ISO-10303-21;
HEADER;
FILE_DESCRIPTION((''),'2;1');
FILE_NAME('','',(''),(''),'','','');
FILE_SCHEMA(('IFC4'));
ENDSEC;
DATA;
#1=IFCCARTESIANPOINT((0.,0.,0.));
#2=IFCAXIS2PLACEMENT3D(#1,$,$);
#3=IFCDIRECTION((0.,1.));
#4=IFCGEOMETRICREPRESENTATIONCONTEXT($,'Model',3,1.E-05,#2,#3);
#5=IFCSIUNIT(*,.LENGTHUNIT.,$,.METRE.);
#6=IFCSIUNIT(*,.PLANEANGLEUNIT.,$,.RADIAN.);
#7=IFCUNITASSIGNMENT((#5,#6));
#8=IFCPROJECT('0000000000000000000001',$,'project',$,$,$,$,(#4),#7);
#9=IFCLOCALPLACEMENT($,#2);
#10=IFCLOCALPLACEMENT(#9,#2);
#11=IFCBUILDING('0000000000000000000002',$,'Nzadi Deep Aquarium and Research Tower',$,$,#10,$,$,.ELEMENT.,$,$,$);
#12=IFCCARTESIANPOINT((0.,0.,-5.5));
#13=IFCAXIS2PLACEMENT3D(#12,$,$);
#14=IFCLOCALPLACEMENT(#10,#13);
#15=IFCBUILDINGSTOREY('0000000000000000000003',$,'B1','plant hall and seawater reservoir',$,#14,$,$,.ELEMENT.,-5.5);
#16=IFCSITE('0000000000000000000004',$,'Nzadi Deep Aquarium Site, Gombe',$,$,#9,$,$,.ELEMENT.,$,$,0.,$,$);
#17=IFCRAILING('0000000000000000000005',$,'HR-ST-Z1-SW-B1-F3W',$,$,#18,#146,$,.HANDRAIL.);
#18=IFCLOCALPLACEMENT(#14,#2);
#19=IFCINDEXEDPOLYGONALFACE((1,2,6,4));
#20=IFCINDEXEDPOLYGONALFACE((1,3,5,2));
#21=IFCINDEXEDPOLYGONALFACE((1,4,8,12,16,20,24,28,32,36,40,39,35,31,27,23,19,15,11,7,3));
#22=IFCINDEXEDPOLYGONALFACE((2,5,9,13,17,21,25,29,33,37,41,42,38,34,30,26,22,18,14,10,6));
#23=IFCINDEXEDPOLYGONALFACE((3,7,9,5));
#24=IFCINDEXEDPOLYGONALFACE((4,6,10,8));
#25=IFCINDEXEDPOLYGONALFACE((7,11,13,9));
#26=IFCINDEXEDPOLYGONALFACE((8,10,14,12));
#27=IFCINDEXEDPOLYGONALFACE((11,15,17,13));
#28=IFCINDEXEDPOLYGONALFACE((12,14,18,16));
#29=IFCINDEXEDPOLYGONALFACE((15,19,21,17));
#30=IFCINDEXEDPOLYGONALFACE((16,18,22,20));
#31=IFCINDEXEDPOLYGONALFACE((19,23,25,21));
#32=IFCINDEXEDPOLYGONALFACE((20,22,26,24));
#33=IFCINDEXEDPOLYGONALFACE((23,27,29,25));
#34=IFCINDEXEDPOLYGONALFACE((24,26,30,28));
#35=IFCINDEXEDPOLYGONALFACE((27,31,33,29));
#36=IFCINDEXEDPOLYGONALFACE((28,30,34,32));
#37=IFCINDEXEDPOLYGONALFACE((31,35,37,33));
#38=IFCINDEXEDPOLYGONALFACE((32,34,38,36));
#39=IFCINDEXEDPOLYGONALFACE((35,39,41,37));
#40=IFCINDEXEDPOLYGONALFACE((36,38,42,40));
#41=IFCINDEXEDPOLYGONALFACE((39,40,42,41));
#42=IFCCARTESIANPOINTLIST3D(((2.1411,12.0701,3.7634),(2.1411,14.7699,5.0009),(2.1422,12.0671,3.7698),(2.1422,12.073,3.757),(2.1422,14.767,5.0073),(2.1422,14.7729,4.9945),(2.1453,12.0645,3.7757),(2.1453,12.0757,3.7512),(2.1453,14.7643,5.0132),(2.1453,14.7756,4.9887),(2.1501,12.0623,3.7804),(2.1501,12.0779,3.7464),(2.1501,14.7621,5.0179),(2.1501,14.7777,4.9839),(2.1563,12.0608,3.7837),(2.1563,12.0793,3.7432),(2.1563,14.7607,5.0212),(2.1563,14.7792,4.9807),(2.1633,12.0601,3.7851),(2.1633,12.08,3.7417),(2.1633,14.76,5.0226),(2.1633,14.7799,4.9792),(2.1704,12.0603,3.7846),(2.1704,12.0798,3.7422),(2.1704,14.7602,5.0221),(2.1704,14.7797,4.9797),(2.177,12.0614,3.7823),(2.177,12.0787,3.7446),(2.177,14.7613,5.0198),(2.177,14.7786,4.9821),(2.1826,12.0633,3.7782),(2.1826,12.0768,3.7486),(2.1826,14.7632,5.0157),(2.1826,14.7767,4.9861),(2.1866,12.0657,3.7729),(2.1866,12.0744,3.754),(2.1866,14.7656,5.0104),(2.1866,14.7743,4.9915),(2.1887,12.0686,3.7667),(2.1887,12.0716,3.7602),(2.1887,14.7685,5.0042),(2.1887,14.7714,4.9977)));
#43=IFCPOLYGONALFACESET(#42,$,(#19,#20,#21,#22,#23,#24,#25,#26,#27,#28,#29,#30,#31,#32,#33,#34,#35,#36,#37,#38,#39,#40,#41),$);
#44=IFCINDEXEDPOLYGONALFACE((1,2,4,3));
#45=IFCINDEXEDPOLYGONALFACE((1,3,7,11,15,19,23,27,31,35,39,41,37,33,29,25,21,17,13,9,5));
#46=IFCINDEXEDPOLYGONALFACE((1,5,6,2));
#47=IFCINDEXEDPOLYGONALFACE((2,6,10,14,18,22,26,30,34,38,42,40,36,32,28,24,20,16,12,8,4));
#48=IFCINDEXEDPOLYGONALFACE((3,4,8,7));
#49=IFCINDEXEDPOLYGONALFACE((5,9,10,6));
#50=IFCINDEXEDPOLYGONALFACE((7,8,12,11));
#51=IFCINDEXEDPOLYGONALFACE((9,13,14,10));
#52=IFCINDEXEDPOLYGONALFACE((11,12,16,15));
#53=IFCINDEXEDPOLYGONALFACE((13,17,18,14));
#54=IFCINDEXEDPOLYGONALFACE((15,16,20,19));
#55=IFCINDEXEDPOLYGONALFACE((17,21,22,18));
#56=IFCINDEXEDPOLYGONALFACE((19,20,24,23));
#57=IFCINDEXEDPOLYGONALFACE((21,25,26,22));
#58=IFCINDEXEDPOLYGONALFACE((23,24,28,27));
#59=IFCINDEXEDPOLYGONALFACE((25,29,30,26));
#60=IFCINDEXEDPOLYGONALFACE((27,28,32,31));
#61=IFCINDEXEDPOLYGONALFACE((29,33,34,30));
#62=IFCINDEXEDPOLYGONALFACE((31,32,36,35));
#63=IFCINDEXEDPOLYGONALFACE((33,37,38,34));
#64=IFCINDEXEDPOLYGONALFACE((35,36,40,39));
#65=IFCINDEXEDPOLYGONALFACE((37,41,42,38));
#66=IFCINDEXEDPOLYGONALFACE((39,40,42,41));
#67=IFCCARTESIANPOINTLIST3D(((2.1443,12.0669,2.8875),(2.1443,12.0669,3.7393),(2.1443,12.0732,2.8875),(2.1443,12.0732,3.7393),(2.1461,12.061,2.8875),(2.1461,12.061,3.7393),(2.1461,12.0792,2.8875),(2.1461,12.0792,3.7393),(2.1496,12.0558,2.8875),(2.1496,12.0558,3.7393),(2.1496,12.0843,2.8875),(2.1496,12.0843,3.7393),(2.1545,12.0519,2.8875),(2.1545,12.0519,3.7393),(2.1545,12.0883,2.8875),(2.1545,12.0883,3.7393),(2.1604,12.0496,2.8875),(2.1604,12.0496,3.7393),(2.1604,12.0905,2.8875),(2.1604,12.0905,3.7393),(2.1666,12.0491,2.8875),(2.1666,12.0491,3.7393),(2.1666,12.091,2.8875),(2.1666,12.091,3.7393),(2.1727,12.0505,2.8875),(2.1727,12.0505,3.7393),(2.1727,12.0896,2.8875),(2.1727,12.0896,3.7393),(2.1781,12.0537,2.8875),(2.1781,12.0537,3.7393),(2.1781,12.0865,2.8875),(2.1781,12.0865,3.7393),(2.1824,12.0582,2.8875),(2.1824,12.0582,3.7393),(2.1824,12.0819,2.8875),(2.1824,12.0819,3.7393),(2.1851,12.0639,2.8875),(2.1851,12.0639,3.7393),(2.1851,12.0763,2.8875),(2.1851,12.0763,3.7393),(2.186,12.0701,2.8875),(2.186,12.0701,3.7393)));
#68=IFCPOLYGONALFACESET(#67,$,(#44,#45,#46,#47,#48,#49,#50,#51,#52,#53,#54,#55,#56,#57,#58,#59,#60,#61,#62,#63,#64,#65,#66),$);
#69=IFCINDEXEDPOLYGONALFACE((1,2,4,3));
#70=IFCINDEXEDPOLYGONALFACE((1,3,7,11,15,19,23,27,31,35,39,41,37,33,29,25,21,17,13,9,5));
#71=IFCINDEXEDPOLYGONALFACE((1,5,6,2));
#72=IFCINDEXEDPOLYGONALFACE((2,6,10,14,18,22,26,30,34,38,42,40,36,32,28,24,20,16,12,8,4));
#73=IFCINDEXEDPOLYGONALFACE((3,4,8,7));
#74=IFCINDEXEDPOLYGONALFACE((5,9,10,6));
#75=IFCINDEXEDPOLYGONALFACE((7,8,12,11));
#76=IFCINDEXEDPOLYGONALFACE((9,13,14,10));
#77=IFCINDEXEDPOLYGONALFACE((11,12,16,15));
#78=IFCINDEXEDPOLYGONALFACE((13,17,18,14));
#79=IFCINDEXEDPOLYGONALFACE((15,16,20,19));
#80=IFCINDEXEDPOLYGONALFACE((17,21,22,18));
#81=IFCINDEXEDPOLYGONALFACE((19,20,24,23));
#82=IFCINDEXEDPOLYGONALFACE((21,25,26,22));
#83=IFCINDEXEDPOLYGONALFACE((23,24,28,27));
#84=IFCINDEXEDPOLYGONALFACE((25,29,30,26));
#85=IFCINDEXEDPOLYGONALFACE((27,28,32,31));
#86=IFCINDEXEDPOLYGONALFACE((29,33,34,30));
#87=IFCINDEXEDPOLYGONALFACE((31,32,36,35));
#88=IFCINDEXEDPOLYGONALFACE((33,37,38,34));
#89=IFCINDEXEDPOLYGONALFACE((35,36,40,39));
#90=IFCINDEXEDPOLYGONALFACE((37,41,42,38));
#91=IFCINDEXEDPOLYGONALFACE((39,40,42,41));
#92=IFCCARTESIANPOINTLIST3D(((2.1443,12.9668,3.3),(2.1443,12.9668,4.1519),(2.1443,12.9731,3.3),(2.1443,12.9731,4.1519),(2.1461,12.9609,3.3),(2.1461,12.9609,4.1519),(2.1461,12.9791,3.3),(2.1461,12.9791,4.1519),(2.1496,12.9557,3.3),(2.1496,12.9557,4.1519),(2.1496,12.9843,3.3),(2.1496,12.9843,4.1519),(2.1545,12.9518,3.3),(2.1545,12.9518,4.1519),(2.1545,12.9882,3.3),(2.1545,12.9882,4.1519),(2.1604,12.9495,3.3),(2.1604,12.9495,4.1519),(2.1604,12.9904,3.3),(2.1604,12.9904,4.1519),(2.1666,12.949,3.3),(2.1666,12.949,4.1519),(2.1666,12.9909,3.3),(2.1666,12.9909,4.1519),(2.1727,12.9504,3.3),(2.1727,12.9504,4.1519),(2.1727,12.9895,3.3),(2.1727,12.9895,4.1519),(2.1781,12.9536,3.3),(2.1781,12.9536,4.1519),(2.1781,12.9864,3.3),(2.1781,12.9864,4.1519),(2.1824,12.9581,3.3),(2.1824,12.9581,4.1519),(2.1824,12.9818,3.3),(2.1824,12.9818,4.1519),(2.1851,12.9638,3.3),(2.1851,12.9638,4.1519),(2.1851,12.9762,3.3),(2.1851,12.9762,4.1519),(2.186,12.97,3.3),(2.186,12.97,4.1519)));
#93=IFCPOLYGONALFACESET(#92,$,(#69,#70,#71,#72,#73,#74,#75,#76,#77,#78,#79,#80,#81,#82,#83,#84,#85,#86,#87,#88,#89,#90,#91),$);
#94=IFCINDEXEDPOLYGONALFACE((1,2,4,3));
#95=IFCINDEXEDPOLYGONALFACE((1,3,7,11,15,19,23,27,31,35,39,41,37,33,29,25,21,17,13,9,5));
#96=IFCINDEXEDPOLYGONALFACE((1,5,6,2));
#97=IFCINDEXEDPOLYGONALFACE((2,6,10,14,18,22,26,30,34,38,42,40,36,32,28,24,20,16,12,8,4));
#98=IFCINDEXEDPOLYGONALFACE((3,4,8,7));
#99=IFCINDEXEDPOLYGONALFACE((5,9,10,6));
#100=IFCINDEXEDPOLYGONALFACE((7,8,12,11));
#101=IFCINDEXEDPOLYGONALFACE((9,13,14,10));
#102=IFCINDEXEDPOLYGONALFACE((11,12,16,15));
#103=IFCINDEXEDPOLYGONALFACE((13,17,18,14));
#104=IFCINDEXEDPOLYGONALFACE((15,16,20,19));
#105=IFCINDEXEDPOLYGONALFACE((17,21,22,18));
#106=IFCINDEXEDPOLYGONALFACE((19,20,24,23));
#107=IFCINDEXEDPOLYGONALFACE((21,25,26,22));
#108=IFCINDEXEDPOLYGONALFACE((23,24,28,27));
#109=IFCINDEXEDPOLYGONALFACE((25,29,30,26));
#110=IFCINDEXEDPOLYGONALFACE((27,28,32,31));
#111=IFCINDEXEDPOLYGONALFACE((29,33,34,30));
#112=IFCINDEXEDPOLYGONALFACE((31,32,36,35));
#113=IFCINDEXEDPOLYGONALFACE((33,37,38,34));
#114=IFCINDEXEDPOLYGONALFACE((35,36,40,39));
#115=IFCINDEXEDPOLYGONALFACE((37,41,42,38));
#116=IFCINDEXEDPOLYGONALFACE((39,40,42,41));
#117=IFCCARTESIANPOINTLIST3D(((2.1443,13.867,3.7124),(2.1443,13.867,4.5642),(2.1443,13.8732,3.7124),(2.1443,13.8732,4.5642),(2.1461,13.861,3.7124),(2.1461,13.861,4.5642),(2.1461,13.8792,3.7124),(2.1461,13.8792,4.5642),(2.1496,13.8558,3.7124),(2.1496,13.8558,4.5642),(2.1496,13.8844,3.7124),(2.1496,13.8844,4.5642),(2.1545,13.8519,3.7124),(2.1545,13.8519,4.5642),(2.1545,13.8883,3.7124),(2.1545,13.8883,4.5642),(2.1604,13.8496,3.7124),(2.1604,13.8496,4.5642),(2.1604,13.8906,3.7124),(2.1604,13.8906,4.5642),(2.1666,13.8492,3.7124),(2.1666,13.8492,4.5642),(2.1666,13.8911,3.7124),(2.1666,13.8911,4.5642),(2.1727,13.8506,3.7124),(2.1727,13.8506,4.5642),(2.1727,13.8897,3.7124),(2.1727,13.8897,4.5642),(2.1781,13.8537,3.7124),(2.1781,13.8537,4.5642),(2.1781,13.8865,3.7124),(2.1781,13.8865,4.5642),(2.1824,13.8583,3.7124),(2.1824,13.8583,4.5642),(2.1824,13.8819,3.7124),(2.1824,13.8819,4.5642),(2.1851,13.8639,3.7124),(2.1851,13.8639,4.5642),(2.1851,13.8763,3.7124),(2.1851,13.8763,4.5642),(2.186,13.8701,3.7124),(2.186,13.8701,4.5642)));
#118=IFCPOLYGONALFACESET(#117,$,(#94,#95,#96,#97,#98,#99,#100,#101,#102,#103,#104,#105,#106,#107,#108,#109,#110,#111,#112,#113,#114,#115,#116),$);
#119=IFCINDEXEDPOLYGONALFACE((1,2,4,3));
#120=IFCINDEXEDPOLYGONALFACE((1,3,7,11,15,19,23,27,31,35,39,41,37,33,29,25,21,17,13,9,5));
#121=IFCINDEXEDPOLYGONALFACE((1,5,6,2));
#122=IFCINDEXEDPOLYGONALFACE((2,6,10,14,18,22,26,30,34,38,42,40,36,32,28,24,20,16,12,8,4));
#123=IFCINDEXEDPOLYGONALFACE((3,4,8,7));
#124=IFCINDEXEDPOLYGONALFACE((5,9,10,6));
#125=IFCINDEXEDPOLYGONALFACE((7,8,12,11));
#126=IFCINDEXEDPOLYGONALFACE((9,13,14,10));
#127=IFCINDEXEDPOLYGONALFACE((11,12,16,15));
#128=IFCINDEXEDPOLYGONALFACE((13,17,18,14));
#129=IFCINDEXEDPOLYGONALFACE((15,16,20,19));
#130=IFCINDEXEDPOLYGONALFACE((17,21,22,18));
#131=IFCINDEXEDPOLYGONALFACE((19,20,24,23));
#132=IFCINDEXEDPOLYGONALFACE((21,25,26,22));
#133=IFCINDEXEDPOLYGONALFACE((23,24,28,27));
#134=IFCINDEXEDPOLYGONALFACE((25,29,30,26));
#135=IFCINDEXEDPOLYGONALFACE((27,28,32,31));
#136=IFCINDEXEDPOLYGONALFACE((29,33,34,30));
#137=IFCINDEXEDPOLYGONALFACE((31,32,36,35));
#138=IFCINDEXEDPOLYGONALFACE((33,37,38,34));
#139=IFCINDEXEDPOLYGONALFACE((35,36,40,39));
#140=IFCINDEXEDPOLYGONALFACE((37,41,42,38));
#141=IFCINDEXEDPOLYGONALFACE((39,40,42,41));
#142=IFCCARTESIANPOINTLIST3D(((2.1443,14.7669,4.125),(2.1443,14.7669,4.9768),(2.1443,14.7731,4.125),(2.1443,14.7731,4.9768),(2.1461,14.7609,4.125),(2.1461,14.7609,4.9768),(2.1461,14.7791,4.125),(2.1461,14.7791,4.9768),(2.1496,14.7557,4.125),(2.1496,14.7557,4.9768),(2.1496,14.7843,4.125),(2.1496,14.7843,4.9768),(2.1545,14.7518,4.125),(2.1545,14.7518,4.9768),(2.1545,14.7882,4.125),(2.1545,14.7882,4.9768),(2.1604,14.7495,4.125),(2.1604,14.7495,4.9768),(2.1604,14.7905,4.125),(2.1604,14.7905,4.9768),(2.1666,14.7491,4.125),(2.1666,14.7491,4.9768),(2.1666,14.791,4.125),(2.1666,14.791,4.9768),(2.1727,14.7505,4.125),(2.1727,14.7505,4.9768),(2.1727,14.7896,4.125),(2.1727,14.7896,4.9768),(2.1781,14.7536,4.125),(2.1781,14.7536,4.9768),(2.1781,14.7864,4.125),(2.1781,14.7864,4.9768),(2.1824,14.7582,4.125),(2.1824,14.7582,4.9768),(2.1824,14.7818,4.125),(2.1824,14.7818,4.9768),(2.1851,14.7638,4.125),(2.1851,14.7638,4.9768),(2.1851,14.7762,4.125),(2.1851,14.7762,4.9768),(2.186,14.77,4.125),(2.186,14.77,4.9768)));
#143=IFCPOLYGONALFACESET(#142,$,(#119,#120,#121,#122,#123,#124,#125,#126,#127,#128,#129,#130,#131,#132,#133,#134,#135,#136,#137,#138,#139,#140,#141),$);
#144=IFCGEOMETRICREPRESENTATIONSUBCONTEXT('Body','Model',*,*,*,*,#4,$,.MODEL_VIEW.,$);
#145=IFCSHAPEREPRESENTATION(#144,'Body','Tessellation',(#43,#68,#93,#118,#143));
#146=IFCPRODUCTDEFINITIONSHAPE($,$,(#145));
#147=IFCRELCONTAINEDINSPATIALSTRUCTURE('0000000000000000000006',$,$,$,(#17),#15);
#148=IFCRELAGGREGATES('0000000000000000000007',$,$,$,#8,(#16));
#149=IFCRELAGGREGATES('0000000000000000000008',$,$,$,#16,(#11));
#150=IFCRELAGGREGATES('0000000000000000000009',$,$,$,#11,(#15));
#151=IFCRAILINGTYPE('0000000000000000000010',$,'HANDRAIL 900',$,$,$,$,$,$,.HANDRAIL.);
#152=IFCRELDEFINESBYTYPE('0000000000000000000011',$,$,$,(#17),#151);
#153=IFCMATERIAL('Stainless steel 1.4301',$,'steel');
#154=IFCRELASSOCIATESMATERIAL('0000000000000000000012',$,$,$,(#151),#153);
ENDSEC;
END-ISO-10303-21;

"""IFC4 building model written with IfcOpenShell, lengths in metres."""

from ifc_helpers import new_model, si_unit, direction, frame, origin, origin_2d, place, context, subcontext, project, spatial, circle, extrude, material, type_object, element, save


model = new_model("IFC4")

# Units and contexts
model_context = context("Model", 3, precision=1e-05, world=origin(), true_north=direction((0.0, 1.0)))
body_context = subcontext(model_context, "Body", "Model", "MODEL_VIEW")
ifc_project = project(units=[si_unit("LENGTHUNIT", "METRE"), si_unit("PLANEANGLEUNIT", "RADIAN")], contexts=[model_context])

# Site, building, storey
site_placement = place(None, origin())
site = spatial("IfcSite", under=ifc_project, at=site_placement, Name="Nzadi Deep Aquarium Site, Gombe", CompositionType="ELEMENT", RefElevation=0.0)
building_placement = place(site_placement, origin())
building = spatial("IfcBuilding", under=site, at=building_placement, Name="Nzadi Deep Aquarium and Research Tower", CompositionType="ELEMENT")
storey_placement = place(building_placement, frame((0.0, 0.0, -5.5)))
storey = spatial("IfcBuildingStorey", under=building, at=storey_placement, Name="B1", Description="plant hall and seawater reservoir", CompositionType="ELEMENT", Elevation=-5.5)

# Railing
ifc_material_1 = material(Name="Stainless steel 1.4301", Category="steel")
railing_type = type_object("IfcRailingType", Name="HANDRAIL 900", PredefinedType="HANDRAIL", material=ifc_material_1)
for number, where, name in (
    (1, (2.165, 12.0701, 2.8875), "HR-ST-Z1-SW-B1-F3W"),
):
    element("IfcRailing", number, at=place(storey_placement, frame(where)), inside=storey, type_object=railing_type, Name=name, PredefinedType="HANDRAIL", context=body_context, shape_type="SweptSolid", body=[
        extrude(circle(Radius=0.0239, at=origin_2d()), frame((0.0, 0.0, 0.876), z_axis=(0.0, 0.909056, 0.416675), x_axis=(-1.0, 0.0, 0.0)), (0.0, 0.0, 1.0), 2.97),
        extrude(circle(Radius=0.021, at=origin_2d()), origin(), (0.0, 0.0, 1.0), 0.8518),
        extrude(circle(Radius=0.021, at=origin_2d()), frame((0.0, 0.8999, 0.4126)), (0.0, 0.0, 1.0), 0.8518),
        extrude(circle(Radius=0.021, at=origin_2d()), frame((0.0, 1.8, 0.825)), (0.0, 0.0, 1.0), 0.8518),
        extrude(circle(Radius=0.021, at=origin_2d()), frame((0.0, 2.7, 1.2375)), (0.0, 0.0, 1.0), 0.8518),
    ])

save(model, "model.ifc")
